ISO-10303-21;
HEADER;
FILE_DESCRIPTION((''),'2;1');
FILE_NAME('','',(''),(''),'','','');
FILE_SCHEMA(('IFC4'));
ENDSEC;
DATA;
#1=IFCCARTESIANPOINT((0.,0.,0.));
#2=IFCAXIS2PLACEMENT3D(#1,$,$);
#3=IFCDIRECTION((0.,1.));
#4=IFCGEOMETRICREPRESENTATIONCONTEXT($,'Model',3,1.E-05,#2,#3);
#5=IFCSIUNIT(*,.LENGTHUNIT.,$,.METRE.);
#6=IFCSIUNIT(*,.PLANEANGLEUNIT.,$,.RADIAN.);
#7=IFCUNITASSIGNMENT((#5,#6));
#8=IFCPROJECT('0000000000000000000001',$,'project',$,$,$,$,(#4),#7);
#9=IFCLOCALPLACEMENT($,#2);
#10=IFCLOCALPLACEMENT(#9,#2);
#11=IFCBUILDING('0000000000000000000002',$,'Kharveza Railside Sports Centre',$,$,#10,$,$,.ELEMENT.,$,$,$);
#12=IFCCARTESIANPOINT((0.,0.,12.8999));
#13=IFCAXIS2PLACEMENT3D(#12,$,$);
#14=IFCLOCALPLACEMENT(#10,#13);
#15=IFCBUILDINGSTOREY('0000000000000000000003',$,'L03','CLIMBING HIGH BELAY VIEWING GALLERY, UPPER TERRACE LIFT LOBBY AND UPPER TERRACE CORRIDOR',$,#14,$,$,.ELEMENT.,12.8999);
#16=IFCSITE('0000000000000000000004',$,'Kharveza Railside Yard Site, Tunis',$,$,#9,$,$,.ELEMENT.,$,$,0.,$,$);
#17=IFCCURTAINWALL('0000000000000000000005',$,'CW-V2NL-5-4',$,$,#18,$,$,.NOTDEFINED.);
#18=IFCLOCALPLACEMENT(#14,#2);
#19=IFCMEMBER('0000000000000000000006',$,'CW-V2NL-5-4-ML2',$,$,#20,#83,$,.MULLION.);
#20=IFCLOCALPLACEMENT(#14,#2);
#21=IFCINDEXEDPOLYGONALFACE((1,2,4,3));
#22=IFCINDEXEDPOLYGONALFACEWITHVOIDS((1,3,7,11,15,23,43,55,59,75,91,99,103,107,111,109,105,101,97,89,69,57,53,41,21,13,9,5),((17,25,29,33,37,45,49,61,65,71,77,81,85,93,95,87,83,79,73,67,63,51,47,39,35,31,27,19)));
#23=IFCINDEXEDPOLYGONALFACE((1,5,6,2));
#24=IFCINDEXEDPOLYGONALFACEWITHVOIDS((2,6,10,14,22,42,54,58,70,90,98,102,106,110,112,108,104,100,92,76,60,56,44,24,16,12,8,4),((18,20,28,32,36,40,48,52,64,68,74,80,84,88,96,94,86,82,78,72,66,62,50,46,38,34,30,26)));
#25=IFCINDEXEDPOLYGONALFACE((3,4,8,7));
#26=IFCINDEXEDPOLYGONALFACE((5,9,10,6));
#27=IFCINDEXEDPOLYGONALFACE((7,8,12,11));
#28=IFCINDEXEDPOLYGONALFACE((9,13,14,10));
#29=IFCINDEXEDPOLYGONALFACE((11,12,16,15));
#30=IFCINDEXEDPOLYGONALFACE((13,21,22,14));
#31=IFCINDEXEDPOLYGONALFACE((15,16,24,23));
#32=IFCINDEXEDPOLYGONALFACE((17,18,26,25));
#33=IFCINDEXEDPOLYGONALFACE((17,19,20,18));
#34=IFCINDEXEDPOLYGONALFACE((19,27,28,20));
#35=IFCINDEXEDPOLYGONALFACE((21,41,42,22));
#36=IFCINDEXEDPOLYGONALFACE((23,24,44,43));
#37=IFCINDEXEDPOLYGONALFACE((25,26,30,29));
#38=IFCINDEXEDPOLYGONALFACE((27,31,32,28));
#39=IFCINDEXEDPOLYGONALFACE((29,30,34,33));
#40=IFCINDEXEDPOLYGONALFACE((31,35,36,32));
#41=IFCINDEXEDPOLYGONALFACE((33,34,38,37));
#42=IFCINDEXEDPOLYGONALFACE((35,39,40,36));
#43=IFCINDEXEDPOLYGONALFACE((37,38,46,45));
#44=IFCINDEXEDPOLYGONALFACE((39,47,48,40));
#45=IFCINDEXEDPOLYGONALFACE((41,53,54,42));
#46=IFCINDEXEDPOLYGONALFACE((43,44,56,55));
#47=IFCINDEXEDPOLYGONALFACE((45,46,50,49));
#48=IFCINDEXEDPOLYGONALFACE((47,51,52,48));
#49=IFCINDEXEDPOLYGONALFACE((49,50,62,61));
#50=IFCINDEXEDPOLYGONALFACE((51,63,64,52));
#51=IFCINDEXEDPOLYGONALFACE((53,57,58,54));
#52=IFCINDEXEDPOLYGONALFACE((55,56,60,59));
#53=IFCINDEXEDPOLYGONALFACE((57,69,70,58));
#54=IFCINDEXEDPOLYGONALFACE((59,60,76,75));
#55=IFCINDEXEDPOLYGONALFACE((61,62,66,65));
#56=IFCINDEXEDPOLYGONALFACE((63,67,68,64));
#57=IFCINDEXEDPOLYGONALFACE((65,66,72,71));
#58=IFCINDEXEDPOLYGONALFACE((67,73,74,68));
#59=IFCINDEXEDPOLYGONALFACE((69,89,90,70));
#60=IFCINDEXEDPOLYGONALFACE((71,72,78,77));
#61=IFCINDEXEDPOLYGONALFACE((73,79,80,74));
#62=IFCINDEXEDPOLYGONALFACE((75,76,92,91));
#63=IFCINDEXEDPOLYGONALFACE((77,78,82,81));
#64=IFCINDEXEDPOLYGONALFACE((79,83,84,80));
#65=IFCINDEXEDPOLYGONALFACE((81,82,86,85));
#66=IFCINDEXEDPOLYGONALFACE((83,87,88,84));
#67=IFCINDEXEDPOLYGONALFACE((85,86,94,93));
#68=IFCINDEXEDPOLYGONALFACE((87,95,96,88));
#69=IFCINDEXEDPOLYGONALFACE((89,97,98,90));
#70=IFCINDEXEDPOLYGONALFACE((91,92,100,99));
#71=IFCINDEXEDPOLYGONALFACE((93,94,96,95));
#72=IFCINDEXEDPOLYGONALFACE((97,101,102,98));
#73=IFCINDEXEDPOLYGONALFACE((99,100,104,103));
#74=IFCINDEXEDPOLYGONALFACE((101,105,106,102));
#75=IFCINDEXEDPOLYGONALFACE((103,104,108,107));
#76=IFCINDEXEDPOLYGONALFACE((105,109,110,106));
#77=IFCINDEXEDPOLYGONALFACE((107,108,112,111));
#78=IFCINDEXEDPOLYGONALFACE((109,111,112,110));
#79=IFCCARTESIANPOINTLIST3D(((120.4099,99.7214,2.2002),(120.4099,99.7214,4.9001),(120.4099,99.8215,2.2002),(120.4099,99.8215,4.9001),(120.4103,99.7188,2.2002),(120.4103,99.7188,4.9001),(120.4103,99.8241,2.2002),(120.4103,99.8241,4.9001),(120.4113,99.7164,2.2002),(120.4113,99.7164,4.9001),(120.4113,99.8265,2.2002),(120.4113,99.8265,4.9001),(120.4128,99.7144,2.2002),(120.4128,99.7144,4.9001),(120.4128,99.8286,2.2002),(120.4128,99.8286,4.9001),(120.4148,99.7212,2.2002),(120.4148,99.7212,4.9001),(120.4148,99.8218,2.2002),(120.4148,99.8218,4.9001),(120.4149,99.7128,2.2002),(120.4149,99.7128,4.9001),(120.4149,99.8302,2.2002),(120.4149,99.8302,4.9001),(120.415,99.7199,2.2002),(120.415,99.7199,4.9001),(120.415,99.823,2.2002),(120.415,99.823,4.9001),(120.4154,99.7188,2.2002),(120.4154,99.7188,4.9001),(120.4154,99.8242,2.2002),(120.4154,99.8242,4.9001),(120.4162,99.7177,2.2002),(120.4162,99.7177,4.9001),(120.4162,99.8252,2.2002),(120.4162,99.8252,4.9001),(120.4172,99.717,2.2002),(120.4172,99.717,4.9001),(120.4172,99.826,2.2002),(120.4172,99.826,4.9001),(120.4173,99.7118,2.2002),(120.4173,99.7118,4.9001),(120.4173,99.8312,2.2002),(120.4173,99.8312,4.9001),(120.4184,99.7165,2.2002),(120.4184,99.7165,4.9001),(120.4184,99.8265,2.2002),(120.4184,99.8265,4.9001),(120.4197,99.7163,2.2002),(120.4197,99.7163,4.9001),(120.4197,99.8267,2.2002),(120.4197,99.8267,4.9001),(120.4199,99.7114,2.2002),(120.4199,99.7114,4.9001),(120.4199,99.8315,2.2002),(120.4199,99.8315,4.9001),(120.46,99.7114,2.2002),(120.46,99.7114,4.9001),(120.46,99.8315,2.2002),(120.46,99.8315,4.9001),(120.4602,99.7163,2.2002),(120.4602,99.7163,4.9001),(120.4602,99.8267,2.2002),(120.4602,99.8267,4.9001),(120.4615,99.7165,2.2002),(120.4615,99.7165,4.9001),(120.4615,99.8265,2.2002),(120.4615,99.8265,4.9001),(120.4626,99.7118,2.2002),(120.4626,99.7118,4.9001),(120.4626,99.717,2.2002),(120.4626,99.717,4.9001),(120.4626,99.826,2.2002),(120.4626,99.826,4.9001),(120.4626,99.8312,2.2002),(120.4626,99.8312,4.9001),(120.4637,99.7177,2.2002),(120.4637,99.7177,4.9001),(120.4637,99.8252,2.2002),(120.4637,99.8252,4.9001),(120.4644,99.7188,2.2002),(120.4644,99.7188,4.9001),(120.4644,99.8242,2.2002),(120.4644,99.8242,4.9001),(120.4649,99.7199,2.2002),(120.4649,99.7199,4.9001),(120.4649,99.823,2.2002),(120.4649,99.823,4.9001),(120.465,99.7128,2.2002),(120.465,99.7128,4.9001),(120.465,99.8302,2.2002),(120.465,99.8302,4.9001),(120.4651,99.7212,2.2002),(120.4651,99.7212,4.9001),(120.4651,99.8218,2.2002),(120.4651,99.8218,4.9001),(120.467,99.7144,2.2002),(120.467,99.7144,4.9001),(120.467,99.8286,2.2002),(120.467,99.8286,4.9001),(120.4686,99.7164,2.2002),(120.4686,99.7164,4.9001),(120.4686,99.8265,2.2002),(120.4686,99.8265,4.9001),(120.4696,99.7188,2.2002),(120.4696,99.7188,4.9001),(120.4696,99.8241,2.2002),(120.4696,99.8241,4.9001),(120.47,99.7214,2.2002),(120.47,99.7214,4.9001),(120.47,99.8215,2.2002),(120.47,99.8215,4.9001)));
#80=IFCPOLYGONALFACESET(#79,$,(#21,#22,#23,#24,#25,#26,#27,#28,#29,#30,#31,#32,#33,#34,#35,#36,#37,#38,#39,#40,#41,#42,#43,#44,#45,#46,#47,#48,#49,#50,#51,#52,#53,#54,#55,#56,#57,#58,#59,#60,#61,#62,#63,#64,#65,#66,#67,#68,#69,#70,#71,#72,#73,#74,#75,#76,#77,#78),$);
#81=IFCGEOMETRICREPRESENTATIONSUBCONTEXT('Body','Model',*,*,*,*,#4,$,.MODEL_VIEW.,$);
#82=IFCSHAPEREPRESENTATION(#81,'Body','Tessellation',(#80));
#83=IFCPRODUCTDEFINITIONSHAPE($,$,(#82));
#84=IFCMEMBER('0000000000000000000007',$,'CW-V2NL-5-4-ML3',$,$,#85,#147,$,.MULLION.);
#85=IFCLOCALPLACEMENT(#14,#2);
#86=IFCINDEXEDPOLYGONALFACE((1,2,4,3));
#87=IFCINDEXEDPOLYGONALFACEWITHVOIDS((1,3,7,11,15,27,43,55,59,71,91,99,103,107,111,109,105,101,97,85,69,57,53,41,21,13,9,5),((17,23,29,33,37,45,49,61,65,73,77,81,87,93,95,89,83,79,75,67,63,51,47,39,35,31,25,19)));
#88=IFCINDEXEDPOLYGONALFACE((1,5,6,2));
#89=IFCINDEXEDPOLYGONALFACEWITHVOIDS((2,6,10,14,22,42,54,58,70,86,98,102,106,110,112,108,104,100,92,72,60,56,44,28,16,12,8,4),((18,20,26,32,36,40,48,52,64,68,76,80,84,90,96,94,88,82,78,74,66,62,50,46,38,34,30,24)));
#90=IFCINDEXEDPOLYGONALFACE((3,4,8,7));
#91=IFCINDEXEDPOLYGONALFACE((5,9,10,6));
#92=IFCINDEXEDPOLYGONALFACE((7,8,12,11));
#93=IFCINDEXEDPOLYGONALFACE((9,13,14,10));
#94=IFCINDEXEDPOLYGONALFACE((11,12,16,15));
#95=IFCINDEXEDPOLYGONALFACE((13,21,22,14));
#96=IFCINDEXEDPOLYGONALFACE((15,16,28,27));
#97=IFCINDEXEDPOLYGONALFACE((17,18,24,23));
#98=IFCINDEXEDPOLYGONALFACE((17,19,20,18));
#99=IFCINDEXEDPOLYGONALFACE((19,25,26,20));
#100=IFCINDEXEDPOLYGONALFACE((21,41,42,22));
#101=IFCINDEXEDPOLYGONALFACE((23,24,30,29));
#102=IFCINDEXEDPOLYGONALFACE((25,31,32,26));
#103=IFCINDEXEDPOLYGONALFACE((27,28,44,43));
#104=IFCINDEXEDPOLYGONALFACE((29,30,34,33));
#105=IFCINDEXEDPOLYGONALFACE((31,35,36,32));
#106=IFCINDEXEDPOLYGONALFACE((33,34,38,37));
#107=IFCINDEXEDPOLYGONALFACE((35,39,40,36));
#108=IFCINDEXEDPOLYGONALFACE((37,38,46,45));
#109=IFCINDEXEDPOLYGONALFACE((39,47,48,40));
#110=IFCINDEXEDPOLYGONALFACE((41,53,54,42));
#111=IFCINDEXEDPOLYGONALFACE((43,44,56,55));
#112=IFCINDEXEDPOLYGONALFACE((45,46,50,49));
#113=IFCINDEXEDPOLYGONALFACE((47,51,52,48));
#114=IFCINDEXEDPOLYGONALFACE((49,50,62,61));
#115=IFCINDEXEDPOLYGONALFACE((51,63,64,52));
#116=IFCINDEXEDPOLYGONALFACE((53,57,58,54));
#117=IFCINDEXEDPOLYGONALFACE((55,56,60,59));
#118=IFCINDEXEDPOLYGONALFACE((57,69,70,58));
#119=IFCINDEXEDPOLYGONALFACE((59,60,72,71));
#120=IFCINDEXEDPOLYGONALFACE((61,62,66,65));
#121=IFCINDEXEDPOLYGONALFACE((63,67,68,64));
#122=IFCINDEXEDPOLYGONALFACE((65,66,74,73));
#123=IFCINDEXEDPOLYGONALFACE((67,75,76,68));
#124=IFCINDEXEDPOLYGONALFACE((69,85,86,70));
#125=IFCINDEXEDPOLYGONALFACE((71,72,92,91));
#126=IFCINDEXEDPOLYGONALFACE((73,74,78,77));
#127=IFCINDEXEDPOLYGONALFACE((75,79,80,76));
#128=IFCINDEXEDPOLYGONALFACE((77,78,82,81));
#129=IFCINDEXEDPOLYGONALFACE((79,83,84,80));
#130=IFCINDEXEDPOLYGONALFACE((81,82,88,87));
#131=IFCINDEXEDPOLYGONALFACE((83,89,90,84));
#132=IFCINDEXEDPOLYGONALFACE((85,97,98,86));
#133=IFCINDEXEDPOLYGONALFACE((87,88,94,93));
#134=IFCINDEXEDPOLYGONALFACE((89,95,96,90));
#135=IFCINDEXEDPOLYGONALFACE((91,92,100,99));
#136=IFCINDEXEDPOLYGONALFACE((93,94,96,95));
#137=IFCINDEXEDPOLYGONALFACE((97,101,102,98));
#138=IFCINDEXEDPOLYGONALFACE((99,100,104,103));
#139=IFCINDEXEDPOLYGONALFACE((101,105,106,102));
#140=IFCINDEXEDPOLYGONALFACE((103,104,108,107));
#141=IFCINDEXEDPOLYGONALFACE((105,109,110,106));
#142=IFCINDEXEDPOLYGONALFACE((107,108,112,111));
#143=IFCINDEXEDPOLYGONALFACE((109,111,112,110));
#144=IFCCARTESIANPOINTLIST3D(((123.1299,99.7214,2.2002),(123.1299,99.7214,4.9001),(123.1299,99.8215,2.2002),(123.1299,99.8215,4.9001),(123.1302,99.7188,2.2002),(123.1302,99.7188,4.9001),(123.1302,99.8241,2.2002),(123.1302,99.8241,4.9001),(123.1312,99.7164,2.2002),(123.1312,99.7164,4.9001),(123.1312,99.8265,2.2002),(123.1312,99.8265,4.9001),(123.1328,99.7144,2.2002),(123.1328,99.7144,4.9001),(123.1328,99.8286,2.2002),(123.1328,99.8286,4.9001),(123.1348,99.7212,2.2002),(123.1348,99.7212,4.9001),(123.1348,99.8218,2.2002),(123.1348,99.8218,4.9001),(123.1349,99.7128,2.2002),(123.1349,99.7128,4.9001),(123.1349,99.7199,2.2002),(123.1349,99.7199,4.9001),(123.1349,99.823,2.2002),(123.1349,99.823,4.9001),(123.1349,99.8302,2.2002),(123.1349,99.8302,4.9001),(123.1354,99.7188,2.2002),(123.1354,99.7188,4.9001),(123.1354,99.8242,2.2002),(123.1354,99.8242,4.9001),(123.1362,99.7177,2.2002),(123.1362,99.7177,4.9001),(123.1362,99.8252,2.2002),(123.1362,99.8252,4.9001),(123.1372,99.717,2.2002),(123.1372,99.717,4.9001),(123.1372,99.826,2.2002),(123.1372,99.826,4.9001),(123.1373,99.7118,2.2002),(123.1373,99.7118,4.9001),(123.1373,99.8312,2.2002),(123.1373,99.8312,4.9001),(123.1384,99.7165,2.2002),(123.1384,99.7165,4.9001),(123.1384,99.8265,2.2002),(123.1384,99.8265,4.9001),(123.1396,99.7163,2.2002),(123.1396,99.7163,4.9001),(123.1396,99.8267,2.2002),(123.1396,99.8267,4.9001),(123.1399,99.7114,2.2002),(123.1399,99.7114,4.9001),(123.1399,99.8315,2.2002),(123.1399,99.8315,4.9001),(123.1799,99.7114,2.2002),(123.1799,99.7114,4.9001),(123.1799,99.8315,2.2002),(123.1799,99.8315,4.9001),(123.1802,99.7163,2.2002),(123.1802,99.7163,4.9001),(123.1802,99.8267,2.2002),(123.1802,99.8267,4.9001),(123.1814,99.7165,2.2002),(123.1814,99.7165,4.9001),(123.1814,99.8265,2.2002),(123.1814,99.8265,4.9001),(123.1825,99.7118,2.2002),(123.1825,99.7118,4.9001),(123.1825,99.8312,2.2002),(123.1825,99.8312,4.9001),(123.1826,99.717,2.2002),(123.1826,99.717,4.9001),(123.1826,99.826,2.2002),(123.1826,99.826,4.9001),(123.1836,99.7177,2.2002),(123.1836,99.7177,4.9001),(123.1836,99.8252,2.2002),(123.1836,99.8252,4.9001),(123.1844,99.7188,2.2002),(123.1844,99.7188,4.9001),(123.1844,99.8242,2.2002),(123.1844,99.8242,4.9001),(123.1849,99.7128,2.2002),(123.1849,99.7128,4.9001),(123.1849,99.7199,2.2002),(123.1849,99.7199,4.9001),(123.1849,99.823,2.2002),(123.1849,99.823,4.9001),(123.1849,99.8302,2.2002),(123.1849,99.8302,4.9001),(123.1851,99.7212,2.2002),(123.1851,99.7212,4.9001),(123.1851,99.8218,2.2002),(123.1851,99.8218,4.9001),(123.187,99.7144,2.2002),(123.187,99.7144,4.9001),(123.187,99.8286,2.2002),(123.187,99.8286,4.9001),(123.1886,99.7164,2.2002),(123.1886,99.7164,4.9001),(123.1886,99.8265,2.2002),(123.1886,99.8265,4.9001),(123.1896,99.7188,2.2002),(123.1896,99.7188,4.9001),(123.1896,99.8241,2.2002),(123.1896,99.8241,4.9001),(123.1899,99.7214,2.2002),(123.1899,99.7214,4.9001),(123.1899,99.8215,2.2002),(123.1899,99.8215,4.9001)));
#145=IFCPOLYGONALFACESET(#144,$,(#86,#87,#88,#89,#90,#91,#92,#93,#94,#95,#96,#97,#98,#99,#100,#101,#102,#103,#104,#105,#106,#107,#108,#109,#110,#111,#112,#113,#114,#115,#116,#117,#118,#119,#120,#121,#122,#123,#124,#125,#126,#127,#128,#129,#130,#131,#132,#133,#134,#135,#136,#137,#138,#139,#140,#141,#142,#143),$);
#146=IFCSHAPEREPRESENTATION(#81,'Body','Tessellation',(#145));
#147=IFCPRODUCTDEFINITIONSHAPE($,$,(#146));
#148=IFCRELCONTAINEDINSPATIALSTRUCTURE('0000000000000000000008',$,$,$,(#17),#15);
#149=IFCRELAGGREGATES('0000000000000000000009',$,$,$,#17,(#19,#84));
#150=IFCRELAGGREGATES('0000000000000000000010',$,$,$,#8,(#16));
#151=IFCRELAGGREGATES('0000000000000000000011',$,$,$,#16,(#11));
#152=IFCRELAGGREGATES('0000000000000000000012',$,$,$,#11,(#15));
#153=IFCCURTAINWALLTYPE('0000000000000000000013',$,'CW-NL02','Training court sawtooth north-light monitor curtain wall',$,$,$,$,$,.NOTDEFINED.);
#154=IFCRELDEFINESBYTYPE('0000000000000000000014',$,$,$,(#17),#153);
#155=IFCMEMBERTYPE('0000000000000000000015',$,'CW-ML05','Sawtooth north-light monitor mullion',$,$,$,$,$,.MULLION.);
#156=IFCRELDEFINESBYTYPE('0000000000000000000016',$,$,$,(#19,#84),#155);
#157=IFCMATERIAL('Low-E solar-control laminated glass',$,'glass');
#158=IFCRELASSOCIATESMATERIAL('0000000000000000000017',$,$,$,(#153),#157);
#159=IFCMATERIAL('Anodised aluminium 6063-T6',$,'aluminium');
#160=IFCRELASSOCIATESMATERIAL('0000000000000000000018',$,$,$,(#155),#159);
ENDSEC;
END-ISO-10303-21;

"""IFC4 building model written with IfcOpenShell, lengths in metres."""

from ifc_helpers import new_model, si_unit, direction, frame, origin, origin_2d, place, context, subcontext, project, spatial, hollow_rectangle, extrude, material, material_profile, profile_set, type_object, element, aggregate, save


model = new_model("IFC4")

# Units and contexts
model_context = context("Model", 3, precision=1e-05, world=origin(), true_north=direction((0.0, 1.0)))
body_context = subcontext(model_context, "Body", "Model", "MODEL_VIEW")
ifc_project = project(units=[si_unit("LENGTHUNIT", "METRE"), si_unit("PLANEANGLEUNIT", "RADIAN")], contexts=[model_context])

# Site, building, storey
site_placement = place(None, origin())
site = spatial("IfcSite", under=ifc_project, at=site_placement, Name="Kharveza Railside Yard Site, Tunis", CompositionType="ELEMENT", RefElevation=0.0)
building_placement = place(site_placement, origin())
building = spatial("IfcBuilding", under=site, at=building_placement, Name="Kharveza Railside Sports Centre", CompositionType="ELEMENT")
storey_placement = place(building_placement, frame((0.0, 0.0, 12.8999)))
storey = spatial("IfcBuildingStorey", under=building, at=storey_placement, Name="L03", Description="CLIMBING HIGH BELAY VIEWING GALLERY, UPPER TERRACE LIFT LOBBY AND UPPER TERRACE CORRIDOR", CompositionType="ELEMENT", Elevation=12.8999)

# Curtain wall, members
ifc_material_1 = material(Name="Low-E solar-control laminated glass", Category="glass")
curtain_wall_type = type_object("IfcCurtainWallType", Name="CW-NL02", Description="Training court sawtooth north-light monitor curtain wall", PredefinedType="NOTDEFINED", material=ifc_material_1)
ifc_material_2 = material(Name="Anodised aluminium 6063-T6", Category="aluminium")
ifc_material_profile_1 = material_profile(ifc_material_2, hollow_rectangle(XDim=0.0601, YDim=0.1201, WallThickness=0.0049, InnerFilletRadius=0.0049, OuterFilletRadius=0.01, at=origin_2d()), Name="RHS 60x120x5.0")
ifc_profile_set_1 = profile_set([ifc_material_profile_1], Name="Anodised aluminium 6063-T6")
member_type_1 = type_object("IfcMemberType", Name="CW-ML05", Description="Sawtooth north-light monitor mullion", PredefinedType="MULLION", material=ifc_profile_set_1)
curtain_wall_1_placement = place(storey_placement, origin())
curtain_wall_1 = element("IfcCurtainWall", 1, at=curtain_wall_1_placement, inside=storey, type_object=curtain_wall_type, Name="CW-V2NL-5-4", PredefinedType="NOTDEFINED")
member_1_placement = place(storey_placement, frame((120.4399, 99.7715, 2.2002), z_axis=(0.0, 0.0, 1.0), x_axis=(1.0, 0.0, 0.0)))
member_1 = element("IfcMember", 2, at=member_1_placement, type_object=member_type_1, Name="CW-V2NL-5-4-ML2", PredefinedType="MULLION", context=body_context, shape_type="SweptSolid", body=[
    extrude(hollow_rectangle(XDim=0.0601, YDim=0.1201, WallThickness=0.0049, InnerFilletRadius=0.0049, OuterFilletRadius=0.01, at=origin_2d()), origin(), (0.0, 0.0, 1.0), 2.7),
])
member_2_placement = place(storey_placement, frame((123.1599, 99.7715, 2.2002), z_axis=(0.0, 0.0, 1.0), x_axis=(1.0, 0.0, 0.0)))
member_2 = element("IfcMember", 3, at=member_2_placement, type_object=member_type_1, Name="CW-V2NL-5-4-ML3", PredefinedType="MULLION", context=body_context, shape_type="SweptSolid", body=[
    extrude(hollow_rectangle(XDim=0.0601, YDim=0.1201, WallThickness=0.0049, InnerFilletRadius=0.0049, OuterFilletRadius=0.01, at=origin_2d()), origin(), (0.0, 0.0, 1.0), 2.7),
])

aggregate(curtain_wall_1, [member_1, member_2])

save(model, "model.ifc")
